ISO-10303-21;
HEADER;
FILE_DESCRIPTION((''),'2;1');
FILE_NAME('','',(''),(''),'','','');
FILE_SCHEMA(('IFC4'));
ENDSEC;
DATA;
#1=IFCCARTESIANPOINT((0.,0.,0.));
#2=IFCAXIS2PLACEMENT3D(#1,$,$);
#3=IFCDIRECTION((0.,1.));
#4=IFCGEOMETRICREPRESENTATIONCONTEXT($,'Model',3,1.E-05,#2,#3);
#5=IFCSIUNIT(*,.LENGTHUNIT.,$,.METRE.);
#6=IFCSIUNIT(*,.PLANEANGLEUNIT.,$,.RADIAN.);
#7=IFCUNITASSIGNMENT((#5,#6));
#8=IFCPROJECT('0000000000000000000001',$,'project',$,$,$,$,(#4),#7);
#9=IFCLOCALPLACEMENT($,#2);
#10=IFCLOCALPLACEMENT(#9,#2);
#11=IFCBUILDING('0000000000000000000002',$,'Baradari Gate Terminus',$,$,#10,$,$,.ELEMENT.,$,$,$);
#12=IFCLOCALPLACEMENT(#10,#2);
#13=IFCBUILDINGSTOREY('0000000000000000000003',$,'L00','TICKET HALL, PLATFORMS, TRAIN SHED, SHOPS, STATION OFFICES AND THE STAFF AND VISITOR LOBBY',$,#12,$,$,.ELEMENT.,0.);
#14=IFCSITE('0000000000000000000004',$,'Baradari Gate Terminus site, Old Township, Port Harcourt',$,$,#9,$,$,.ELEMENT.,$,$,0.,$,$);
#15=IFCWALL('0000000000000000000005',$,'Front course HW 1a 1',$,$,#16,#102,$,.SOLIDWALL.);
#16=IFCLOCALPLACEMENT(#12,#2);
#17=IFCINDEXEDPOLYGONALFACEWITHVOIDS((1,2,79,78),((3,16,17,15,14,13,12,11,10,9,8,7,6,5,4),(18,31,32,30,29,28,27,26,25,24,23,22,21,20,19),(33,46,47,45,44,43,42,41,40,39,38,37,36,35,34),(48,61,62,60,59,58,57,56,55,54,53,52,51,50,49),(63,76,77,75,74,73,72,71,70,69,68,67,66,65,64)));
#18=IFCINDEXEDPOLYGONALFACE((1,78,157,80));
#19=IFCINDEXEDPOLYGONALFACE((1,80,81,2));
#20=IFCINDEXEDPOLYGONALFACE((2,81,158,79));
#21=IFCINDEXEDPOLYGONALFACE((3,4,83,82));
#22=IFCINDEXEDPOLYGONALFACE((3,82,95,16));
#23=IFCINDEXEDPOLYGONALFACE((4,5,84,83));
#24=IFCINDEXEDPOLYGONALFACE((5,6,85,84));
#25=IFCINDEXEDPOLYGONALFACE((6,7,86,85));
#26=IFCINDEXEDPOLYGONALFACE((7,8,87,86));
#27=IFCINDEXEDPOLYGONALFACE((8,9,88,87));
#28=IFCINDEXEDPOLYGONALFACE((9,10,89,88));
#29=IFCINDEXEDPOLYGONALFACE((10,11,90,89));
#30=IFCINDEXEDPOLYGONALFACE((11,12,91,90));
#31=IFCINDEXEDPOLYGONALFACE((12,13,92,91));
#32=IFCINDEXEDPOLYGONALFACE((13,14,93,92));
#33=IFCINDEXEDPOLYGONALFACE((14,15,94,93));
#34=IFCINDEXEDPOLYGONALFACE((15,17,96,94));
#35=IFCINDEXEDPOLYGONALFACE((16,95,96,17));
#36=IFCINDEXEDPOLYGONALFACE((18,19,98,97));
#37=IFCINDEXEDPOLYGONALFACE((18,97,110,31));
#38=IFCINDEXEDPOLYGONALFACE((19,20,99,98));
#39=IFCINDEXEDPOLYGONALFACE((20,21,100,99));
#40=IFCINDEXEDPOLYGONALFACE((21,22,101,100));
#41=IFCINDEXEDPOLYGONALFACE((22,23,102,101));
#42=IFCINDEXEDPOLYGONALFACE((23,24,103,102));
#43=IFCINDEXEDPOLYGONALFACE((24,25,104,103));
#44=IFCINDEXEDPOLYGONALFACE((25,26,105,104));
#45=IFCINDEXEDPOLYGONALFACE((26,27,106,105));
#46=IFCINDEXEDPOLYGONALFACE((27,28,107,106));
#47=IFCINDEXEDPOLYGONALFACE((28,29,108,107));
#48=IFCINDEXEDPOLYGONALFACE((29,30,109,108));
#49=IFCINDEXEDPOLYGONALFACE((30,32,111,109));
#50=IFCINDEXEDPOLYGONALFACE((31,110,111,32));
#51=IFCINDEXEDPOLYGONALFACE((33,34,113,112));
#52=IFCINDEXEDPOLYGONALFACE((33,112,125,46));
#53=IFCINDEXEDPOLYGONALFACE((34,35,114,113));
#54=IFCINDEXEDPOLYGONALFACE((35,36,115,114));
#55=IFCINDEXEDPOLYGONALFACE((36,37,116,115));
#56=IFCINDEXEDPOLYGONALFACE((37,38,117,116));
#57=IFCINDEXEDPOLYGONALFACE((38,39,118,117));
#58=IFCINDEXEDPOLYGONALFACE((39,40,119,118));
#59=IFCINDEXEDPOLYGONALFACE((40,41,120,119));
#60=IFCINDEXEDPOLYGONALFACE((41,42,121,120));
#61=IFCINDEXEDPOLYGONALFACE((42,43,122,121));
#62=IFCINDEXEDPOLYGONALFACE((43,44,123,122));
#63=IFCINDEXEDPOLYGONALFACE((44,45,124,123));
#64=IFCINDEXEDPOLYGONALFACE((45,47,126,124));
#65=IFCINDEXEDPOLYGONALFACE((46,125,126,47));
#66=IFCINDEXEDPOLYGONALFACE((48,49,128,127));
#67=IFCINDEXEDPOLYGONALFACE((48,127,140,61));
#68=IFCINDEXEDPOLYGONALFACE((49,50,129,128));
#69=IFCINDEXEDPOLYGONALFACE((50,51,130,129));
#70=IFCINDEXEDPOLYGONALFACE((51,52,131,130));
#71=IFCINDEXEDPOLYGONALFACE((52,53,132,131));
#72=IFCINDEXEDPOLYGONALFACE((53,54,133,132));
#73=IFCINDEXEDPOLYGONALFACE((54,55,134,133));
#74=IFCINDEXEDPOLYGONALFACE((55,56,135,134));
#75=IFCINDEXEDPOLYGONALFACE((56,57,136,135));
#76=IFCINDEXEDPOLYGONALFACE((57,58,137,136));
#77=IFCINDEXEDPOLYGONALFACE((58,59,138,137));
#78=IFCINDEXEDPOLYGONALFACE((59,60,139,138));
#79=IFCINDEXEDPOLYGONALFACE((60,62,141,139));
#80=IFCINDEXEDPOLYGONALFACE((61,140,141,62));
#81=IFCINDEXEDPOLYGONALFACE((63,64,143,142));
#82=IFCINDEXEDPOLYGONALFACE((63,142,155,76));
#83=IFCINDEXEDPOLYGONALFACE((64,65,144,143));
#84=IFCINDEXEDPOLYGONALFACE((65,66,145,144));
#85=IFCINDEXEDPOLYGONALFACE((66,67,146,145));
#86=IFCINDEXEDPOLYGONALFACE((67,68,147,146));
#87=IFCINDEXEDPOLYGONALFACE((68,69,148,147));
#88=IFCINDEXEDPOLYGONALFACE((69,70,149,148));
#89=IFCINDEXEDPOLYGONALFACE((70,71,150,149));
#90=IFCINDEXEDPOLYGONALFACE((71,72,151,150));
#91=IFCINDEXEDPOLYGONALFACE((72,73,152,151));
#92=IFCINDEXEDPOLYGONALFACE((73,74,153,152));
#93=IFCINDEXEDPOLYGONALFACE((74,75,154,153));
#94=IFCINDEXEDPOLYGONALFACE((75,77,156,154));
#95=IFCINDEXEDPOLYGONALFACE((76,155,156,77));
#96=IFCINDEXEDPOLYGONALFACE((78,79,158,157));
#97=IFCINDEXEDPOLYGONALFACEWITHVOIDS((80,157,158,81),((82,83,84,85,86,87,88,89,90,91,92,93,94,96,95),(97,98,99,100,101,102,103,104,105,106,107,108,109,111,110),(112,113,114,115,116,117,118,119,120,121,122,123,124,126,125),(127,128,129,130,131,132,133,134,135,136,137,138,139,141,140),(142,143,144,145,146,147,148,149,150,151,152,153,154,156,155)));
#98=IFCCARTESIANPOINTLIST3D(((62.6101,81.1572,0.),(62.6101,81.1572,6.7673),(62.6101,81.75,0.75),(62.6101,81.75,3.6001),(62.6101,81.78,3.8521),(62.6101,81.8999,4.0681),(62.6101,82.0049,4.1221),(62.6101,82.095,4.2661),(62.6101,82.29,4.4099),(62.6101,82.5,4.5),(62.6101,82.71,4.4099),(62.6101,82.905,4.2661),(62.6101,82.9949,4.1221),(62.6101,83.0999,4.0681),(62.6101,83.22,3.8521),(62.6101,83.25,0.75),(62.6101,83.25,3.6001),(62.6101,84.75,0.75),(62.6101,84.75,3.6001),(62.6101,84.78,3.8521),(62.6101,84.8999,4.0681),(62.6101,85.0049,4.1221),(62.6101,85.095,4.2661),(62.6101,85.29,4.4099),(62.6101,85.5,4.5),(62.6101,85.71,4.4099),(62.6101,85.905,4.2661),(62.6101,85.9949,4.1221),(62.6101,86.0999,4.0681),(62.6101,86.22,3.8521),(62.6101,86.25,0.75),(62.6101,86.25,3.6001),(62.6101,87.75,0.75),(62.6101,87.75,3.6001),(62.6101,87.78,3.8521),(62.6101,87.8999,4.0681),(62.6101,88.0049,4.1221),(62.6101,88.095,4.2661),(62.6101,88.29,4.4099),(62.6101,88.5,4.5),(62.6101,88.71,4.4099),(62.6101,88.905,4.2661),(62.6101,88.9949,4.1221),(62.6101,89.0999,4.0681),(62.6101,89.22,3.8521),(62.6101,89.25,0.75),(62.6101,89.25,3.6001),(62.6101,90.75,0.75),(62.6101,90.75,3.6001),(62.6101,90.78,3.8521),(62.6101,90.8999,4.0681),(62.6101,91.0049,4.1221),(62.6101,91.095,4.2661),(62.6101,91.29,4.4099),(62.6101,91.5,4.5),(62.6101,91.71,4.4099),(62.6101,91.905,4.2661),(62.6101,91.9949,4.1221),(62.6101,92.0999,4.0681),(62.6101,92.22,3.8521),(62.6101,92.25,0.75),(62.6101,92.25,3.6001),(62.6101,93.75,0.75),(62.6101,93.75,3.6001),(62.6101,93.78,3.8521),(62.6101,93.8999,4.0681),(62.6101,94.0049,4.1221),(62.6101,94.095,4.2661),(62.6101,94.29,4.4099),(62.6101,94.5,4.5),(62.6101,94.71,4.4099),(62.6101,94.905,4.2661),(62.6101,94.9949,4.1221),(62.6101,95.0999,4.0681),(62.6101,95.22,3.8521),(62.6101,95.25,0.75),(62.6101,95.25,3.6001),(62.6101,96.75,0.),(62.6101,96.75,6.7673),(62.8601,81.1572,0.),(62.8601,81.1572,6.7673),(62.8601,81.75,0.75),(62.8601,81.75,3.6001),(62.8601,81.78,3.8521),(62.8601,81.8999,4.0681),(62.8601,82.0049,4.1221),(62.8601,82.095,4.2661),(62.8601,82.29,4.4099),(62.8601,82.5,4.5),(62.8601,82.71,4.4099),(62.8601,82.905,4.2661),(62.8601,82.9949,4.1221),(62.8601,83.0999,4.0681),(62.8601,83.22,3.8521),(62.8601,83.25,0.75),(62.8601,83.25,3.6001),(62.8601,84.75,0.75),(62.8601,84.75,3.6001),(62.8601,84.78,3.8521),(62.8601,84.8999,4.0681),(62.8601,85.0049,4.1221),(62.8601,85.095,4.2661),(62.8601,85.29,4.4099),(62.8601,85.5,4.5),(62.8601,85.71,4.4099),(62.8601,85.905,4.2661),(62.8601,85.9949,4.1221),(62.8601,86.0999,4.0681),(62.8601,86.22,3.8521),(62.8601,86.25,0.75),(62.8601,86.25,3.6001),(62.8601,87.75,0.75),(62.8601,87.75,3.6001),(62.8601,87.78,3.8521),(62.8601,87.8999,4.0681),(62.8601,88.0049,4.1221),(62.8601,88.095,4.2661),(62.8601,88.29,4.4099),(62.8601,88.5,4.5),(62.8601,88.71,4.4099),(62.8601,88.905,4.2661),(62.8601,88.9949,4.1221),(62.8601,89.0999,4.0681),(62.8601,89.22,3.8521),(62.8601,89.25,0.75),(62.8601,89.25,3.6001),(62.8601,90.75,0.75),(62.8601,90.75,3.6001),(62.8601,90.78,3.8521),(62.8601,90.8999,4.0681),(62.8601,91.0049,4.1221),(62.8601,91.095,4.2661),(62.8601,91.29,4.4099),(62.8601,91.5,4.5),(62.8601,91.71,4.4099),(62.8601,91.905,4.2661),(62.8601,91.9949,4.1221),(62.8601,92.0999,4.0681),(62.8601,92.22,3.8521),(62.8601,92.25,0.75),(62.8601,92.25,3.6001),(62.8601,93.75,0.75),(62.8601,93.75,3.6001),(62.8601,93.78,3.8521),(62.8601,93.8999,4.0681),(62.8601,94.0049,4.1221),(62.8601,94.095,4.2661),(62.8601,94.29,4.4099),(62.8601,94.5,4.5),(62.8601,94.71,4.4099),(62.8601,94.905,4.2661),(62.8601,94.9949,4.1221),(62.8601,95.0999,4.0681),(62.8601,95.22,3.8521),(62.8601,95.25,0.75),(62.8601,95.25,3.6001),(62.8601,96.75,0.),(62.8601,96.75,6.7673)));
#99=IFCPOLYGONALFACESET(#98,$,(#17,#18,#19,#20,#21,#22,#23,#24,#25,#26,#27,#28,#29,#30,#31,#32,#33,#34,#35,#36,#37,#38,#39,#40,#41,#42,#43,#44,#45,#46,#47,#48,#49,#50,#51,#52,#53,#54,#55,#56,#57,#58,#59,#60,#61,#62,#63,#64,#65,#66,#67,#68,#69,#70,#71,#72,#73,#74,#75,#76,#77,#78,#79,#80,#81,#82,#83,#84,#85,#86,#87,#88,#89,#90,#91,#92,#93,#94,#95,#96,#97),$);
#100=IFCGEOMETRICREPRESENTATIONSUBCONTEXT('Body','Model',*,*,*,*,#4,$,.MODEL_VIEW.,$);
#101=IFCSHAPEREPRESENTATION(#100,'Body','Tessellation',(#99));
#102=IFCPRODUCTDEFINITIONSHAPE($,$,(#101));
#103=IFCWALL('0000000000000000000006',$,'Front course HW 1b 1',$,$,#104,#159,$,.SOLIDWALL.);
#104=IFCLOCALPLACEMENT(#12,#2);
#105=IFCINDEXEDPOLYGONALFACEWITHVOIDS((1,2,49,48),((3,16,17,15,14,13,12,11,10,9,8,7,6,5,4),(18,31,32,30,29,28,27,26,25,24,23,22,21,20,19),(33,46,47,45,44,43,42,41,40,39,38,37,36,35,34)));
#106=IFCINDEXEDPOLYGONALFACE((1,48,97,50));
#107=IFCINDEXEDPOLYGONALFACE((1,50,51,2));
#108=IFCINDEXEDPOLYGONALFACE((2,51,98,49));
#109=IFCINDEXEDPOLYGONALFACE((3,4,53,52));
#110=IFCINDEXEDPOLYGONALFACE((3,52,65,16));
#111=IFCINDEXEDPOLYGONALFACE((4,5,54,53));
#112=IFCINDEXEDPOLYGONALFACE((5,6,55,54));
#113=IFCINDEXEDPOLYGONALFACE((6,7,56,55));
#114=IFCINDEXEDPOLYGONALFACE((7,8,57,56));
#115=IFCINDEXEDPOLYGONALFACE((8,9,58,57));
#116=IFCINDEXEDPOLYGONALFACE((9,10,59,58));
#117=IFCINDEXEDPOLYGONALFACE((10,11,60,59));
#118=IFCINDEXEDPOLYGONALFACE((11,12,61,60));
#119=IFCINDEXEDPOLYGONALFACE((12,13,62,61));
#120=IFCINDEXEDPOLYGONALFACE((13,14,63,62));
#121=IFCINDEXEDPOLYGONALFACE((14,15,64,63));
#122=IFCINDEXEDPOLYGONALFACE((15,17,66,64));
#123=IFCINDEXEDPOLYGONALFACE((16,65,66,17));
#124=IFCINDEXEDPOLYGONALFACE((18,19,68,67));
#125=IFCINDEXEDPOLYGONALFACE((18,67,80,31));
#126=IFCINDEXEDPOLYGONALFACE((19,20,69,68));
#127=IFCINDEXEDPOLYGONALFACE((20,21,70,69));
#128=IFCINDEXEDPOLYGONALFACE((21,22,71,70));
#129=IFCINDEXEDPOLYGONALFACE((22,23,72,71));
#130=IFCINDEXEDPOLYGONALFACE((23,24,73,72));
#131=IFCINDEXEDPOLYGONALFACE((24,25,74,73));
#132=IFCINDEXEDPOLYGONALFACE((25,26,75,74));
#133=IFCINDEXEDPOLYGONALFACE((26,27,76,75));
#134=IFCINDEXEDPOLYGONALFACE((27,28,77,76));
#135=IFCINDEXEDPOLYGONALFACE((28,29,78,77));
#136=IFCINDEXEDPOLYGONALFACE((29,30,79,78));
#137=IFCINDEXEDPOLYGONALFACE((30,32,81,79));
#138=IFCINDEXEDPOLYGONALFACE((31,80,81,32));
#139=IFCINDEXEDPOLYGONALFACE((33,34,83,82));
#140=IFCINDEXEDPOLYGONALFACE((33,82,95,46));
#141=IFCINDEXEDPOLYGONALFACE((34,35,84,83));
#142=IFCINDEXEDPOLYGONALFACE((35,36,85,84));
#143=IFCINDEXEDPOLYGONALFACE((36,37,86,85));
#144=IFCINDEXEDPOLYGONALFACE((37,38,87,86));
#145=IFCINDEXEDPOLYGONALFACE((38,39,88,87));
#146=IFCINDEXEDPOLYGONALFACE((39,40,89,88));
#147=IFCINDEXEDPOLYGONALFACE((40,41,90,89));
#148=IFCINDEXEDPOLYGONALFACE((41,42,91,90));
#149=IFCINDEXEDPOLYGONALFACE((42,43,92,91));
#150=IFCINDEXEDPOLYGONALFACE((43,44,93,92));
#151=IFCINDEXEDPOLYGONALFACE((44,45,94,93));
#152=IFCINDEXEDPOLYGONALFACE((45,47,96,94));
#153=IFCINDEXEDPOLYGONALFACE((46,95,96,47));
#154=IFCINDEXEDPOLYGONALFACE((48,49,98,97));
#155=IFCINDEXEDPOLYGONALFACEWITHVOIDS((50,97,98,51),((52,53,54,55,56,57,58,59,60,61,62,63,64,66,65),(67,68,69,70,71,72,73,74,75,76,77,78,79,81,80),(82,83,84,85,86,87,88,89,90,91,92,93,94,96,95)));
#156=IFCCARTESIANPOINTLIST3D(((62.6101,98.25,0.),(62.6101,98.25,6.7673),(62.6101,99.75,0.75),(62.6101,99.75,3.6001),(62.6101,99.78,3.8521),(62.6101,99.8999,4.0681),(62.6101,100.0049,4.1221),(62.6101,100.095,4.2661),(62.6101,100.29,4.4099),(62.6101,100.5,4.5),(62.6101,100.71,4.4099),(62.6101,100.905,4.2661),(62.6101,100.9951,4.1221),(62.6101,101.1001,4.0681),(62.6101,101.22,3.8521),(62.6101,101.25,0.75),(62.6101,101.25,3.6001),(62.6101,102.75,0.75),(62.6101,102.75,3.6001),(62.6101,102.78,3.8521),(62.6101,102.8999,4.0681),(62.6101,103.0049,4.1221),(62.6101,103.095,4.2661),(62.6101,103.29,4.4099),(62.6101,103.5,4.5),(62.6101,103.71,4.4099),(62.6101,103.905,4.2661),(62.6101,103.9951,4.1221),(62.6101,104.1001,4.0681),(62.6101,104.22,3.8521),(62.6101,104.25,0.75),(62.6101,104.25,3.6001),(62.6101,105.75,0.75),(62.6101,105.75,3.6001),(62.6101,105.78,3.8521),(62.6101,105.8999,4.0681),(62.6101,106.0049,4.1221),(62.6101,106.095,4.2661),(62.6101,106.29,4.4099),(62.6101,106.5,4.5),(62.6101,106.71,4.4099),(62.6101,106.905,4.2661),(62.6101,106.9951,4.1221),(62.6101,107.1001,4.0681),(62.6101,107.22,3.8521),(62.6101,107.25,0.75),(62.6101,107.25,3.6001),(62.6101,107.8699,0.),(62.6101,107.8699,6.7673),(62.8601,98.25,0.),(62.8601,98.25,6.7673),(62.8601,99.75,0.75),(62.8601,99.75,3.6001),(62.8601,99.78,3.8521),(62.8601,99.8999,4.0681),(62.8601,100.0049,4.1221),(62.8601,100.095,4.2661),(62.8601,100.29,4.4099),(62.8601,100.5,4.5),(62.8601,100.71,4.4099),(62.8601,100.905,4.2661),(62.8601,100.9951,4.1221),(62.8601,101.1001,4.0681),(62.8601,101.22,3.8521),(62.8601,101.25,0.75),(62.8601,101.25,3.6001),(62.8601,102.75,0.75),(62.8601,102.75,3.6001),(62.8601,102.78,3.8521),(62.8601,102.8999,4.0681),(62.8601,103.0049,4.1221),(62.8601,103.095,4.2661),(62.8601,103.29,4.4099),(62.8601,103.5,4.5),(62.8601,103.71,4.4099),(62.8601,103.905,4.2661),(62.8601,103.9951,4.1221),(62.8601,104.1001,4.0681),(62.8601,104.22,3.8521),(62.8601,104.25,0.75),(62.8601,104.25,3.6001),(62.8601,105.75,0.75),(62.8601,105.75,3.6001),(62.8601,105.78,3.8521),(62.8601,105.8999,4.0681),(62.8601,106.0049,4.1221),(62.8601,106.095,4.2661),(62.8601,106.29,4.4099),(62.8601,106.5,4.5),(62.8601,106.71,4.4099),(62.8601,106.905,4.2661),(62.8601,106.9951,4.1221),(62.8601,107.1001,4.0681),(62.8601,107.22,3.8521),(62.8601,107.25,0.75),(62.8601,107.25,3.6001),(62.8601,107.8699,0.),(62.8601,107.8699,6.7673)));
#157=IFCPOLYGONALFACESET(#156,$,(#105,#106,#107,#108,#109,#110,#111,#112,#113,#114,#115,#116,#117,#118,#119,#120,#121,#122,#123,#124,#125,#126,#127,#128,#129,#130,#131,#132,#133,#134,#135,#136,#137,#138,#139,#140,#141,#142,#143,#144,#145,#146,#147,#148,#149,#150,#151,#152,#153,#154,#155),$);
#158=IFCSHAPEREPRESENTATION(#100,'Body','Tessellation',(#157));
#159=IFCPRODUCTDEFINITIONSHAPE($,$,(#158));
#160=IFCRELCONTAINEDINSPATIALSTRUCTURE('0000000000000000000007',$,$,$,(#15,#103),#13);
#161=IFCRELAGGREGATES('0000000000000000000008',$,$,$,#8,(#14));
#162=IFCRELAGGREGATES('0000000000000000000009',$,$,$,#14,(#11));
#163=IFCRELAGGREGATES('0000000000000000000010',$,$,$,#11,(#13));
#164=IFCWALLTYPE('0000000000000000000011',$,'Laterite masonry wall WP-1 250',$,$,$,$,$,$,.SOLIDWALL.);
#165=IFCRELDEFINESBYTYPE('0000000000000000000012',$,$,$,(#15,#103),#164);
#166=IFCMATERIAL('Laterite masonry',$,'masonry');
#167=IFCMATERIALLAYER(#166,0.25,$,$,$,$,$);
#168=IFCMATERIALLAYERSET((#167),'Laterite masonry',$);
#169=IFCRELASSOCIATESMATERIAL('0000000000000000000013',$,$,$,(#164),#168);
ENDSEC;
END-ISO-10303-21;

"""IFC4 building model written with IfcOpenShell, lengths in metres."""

from ifc_helpers import new_model, si_unit, direction, frame, origin, place, context, subcontext, project, spatial, polyline, outline, extrude, material, layer, layer_set, type_object, element, save


model = new_model("IFC4")

# Units and contexts
model_context = context("Model", 3, precision=1e-05, world=origin(), true_north=direction((0.0, 1.0)))
body_context = subcontext(model_context, "Body", "Model", "MODEL_VIEW")
ifc_project = project(units=[si_unit("LENGTHUNIT", "METRE"), si_unit("PLANEANGLEUNIT", "RADIAN")], contexts=[model_context])

# Site, building, storey
site_placement = place(None, origin())
site = spatial("IfcSite", under=ifc_project, at=site_placement, Name="Baradari Gate Terminus site, Old Township, Port Harcourt", CompositionType="ELEMENT", RefElevation=0.0)
building_placement = place(site_placement, origin())
building = spatial("IfcBuilding", under=site, at=building_placement, Name="Baradari Gate Terminus", CompositionType="ELEMENT")
storey_placement = place(building_placement, origin())
storey = spatial("IfcBuildingStorey", under=building, at=storey_placement, Name="L00", Description="TICKET HALL, PLATFORMS, TRAIN SHED, SHOPS, STATION OFFICES AND THE STAFF AND VISITOR LOBBY", CompositionType="ELEMENT", Elevation=0.0)

# Walls
ifc_material_1 = material(Name="Laterite masonry", Category="masonry")
ifc_layer_1 = layer(ifc_material_1, 0.25)
ifc_layer_set_1 = layer_set([ifc_layer_1], Name="Laterite masonry")
wall_type_1 = type_object("IfcWallType", Name="Laterite masonry wall WP-1 250", PredefinedType="SOLIDWALL", material=ifc_layer_set_1)
wall_1_placement = place(storey_placement, frame((62.7351, 81.1572, 0.0), z_axis=(0.0, 0.0, 1.0), x_axis=(0.0, 1.0, 0.0)))
element("IfcWall", 1, at=wall_1_placement, inside=storey, type_object=wall_type_1, Name="Front course HW 1a 1", PredefinedType="SOLIDWALL", context=body_context, shape_type="SweptSolid", body=[
    extrude(outline(polyline([(0.0, 0.0), (15.5928, 0.0), (15.5928, 6.7673), (0.0, 6.7673), (0.0, 0.0)]), holes=[polyline([(0.6228, 3.8521), (0.7427, 4.0681), (0.8477, 4.1221), (0.9377, 4.2661), (1.1328, 4.4099), (1.3428, 4.5), (1.5527, 4.4099), (1.7478, 4.2661), (1.8376, 4.1221), (1.9426, 4.0681), (2.0627, 3.8521), (2.0928, 3.6001), (2.0928, 0.75), (0.5928, 0.75), (0.5928, 3.6001), (0.6228, 3.8521)]), polyline([(3.6228, 3.8521), (3.7427, 4.0681), (3.8477, 4.1221), (3.9377, 4.2661), (4.1328, 4.4099), (4.3428, 4.5), (4.5527, 4.4099), (4.7478, 4.2661), (4.8376, 4.1221), (4.9426, 4.0681), (5.0627, 3.8521), (5.0928, 3.6001), (5.0928, 0.75), (3.5928, 0.75), (3.5928, 3.6001), (3.6228, 3.8521)]), polyline([(6.6228, 3.8521), (6.7427, 4.0681), (6.8477, 4.1221), (6.9377, 4.2661), (7.1328, 4.4099), (7.3428, 4.5), (7.5527, 4.4099), (7.7478, 4.2661), (7.8376, 4.1221), (7.9426, 4.0681), (8.0627, 3.8521), (8.0928, 3.6001), (8.0928, 0.75), (6.5928, 0.75), (6.5928, 3.6001), (6.6228, 3.8521)]), polyline([(9.7427, 4.0681), (9.8477, 4.1221), (9.9377, 4.2661), (10.1328, 4.4099), (10.3428, 4.5), (10.5527, 4.4099), (10.7478, 4.2661), (10.8376, 4.1221), (10.9426, 4.0681), (11.0627, 3.8521), (11.0928, 3.6001), (11.0928, 0.75), (9.5928, 0.75), (9.5928, 3.6001), (9.6228, 3.8521), (9.7427, 4.0681)]), polyline([(12.7427, 4.0681), (12.8477, 4.1221), (12.9377, 4.2661), (13.1328, 4.4099), (13.3428, 4.5), (13.5527, 4.4099), (13.7478, 4.2661), (13.8376, 4.1221), (13.9426, 4.0681), (14.0627, 3.8521), (14.0928, 3.6001), (14.0928, 0.75), (12.5928, 0.75), (12.5928, 3.6001), (12.6228, 3.8521), (12.7427, 4.0681)])]), frame((0.0, 0.125, 0.0), z_axis=(0.0, -1.0, 0.0), x_axis=(1.0, 0.0, 0.0)), (0.0, 0.0, 1.0), 0.25),
])
wall_2_placement = place(storey_placement, frame((62.7351, 98.25, 0.0), z_axis=(0.0, 0.0, 1.0), x_axis=(0.0, 1.0, 0.0)))
element("IfcWall", 2, at=wall_2_placement, inside=storey, type_object=wall_type_1, Name="Front course HW 1b 1", PredefinedType="SOLIDWALL", context=body_context, shape_type="SweptSolid", body=[
    extrude(outline(polyline([(0.0, 0.0), (9.6199, 0.0), (9.6199, 6.7673), (0.0, 6.7673), (0.0, 0.0)]), holes=[polyline([(1.5, 3.6001), (1.53, 3.8521), (1.6499, 4.0681), (1.7549, 4.1221), (1.845, 4.2661), (2.04, 4.4099), (2.25, 4.5), (2.46, 4.4099), (2.655, 4.2661), (2.7451, 4.1221), (2.8501, 4.0681), (2.97, 3.8521), (3.0, 3.6001), (3.0, 0.75), (1.5, 0.75), (1.5, 3.6001)]), polyline([(4.53, 3.8521), (4.6499, 4.0681), (4.7549, 4.1221), (4.845, 4.2661), (5.04, 4.4099), (5.25, 4.5), (5.46, 4.4099), (5.655, 4.2661), (5.7451, 4.1221), (5.8501, 4.0681), (5.97, 3.8521), (6.0, 3.6001), (6.0, 0.75), (4.5, 0.75), (4.5, 3.6001), (4.53, 3.8521)]), polyline([(7.53, 3.8521), (7.6499, 4.0681), (7.7549, 4.1221), (7.845, 4.2661), (8.04, 4.4099), (8.25, 4.5), (8.46, 4.4099), (8.655, 4.2661), (8.7451, 4.1221), (8.8501, 4.0681), (8.97, 3.8521), (9.0, 3.6001), (9.0, 0.75), (7.5, 0.75), (7.5, 3.6001), (7.53, 3.8521)])]), frame((0.0, 0.125, 0.0), z_axis=(0.0, -1.0, 0.0), x_axis=(1.0, 0.0, 0.0)), (0.0, 0.0, 1.0), 0.25),
])

save(model, "model.ifc")
